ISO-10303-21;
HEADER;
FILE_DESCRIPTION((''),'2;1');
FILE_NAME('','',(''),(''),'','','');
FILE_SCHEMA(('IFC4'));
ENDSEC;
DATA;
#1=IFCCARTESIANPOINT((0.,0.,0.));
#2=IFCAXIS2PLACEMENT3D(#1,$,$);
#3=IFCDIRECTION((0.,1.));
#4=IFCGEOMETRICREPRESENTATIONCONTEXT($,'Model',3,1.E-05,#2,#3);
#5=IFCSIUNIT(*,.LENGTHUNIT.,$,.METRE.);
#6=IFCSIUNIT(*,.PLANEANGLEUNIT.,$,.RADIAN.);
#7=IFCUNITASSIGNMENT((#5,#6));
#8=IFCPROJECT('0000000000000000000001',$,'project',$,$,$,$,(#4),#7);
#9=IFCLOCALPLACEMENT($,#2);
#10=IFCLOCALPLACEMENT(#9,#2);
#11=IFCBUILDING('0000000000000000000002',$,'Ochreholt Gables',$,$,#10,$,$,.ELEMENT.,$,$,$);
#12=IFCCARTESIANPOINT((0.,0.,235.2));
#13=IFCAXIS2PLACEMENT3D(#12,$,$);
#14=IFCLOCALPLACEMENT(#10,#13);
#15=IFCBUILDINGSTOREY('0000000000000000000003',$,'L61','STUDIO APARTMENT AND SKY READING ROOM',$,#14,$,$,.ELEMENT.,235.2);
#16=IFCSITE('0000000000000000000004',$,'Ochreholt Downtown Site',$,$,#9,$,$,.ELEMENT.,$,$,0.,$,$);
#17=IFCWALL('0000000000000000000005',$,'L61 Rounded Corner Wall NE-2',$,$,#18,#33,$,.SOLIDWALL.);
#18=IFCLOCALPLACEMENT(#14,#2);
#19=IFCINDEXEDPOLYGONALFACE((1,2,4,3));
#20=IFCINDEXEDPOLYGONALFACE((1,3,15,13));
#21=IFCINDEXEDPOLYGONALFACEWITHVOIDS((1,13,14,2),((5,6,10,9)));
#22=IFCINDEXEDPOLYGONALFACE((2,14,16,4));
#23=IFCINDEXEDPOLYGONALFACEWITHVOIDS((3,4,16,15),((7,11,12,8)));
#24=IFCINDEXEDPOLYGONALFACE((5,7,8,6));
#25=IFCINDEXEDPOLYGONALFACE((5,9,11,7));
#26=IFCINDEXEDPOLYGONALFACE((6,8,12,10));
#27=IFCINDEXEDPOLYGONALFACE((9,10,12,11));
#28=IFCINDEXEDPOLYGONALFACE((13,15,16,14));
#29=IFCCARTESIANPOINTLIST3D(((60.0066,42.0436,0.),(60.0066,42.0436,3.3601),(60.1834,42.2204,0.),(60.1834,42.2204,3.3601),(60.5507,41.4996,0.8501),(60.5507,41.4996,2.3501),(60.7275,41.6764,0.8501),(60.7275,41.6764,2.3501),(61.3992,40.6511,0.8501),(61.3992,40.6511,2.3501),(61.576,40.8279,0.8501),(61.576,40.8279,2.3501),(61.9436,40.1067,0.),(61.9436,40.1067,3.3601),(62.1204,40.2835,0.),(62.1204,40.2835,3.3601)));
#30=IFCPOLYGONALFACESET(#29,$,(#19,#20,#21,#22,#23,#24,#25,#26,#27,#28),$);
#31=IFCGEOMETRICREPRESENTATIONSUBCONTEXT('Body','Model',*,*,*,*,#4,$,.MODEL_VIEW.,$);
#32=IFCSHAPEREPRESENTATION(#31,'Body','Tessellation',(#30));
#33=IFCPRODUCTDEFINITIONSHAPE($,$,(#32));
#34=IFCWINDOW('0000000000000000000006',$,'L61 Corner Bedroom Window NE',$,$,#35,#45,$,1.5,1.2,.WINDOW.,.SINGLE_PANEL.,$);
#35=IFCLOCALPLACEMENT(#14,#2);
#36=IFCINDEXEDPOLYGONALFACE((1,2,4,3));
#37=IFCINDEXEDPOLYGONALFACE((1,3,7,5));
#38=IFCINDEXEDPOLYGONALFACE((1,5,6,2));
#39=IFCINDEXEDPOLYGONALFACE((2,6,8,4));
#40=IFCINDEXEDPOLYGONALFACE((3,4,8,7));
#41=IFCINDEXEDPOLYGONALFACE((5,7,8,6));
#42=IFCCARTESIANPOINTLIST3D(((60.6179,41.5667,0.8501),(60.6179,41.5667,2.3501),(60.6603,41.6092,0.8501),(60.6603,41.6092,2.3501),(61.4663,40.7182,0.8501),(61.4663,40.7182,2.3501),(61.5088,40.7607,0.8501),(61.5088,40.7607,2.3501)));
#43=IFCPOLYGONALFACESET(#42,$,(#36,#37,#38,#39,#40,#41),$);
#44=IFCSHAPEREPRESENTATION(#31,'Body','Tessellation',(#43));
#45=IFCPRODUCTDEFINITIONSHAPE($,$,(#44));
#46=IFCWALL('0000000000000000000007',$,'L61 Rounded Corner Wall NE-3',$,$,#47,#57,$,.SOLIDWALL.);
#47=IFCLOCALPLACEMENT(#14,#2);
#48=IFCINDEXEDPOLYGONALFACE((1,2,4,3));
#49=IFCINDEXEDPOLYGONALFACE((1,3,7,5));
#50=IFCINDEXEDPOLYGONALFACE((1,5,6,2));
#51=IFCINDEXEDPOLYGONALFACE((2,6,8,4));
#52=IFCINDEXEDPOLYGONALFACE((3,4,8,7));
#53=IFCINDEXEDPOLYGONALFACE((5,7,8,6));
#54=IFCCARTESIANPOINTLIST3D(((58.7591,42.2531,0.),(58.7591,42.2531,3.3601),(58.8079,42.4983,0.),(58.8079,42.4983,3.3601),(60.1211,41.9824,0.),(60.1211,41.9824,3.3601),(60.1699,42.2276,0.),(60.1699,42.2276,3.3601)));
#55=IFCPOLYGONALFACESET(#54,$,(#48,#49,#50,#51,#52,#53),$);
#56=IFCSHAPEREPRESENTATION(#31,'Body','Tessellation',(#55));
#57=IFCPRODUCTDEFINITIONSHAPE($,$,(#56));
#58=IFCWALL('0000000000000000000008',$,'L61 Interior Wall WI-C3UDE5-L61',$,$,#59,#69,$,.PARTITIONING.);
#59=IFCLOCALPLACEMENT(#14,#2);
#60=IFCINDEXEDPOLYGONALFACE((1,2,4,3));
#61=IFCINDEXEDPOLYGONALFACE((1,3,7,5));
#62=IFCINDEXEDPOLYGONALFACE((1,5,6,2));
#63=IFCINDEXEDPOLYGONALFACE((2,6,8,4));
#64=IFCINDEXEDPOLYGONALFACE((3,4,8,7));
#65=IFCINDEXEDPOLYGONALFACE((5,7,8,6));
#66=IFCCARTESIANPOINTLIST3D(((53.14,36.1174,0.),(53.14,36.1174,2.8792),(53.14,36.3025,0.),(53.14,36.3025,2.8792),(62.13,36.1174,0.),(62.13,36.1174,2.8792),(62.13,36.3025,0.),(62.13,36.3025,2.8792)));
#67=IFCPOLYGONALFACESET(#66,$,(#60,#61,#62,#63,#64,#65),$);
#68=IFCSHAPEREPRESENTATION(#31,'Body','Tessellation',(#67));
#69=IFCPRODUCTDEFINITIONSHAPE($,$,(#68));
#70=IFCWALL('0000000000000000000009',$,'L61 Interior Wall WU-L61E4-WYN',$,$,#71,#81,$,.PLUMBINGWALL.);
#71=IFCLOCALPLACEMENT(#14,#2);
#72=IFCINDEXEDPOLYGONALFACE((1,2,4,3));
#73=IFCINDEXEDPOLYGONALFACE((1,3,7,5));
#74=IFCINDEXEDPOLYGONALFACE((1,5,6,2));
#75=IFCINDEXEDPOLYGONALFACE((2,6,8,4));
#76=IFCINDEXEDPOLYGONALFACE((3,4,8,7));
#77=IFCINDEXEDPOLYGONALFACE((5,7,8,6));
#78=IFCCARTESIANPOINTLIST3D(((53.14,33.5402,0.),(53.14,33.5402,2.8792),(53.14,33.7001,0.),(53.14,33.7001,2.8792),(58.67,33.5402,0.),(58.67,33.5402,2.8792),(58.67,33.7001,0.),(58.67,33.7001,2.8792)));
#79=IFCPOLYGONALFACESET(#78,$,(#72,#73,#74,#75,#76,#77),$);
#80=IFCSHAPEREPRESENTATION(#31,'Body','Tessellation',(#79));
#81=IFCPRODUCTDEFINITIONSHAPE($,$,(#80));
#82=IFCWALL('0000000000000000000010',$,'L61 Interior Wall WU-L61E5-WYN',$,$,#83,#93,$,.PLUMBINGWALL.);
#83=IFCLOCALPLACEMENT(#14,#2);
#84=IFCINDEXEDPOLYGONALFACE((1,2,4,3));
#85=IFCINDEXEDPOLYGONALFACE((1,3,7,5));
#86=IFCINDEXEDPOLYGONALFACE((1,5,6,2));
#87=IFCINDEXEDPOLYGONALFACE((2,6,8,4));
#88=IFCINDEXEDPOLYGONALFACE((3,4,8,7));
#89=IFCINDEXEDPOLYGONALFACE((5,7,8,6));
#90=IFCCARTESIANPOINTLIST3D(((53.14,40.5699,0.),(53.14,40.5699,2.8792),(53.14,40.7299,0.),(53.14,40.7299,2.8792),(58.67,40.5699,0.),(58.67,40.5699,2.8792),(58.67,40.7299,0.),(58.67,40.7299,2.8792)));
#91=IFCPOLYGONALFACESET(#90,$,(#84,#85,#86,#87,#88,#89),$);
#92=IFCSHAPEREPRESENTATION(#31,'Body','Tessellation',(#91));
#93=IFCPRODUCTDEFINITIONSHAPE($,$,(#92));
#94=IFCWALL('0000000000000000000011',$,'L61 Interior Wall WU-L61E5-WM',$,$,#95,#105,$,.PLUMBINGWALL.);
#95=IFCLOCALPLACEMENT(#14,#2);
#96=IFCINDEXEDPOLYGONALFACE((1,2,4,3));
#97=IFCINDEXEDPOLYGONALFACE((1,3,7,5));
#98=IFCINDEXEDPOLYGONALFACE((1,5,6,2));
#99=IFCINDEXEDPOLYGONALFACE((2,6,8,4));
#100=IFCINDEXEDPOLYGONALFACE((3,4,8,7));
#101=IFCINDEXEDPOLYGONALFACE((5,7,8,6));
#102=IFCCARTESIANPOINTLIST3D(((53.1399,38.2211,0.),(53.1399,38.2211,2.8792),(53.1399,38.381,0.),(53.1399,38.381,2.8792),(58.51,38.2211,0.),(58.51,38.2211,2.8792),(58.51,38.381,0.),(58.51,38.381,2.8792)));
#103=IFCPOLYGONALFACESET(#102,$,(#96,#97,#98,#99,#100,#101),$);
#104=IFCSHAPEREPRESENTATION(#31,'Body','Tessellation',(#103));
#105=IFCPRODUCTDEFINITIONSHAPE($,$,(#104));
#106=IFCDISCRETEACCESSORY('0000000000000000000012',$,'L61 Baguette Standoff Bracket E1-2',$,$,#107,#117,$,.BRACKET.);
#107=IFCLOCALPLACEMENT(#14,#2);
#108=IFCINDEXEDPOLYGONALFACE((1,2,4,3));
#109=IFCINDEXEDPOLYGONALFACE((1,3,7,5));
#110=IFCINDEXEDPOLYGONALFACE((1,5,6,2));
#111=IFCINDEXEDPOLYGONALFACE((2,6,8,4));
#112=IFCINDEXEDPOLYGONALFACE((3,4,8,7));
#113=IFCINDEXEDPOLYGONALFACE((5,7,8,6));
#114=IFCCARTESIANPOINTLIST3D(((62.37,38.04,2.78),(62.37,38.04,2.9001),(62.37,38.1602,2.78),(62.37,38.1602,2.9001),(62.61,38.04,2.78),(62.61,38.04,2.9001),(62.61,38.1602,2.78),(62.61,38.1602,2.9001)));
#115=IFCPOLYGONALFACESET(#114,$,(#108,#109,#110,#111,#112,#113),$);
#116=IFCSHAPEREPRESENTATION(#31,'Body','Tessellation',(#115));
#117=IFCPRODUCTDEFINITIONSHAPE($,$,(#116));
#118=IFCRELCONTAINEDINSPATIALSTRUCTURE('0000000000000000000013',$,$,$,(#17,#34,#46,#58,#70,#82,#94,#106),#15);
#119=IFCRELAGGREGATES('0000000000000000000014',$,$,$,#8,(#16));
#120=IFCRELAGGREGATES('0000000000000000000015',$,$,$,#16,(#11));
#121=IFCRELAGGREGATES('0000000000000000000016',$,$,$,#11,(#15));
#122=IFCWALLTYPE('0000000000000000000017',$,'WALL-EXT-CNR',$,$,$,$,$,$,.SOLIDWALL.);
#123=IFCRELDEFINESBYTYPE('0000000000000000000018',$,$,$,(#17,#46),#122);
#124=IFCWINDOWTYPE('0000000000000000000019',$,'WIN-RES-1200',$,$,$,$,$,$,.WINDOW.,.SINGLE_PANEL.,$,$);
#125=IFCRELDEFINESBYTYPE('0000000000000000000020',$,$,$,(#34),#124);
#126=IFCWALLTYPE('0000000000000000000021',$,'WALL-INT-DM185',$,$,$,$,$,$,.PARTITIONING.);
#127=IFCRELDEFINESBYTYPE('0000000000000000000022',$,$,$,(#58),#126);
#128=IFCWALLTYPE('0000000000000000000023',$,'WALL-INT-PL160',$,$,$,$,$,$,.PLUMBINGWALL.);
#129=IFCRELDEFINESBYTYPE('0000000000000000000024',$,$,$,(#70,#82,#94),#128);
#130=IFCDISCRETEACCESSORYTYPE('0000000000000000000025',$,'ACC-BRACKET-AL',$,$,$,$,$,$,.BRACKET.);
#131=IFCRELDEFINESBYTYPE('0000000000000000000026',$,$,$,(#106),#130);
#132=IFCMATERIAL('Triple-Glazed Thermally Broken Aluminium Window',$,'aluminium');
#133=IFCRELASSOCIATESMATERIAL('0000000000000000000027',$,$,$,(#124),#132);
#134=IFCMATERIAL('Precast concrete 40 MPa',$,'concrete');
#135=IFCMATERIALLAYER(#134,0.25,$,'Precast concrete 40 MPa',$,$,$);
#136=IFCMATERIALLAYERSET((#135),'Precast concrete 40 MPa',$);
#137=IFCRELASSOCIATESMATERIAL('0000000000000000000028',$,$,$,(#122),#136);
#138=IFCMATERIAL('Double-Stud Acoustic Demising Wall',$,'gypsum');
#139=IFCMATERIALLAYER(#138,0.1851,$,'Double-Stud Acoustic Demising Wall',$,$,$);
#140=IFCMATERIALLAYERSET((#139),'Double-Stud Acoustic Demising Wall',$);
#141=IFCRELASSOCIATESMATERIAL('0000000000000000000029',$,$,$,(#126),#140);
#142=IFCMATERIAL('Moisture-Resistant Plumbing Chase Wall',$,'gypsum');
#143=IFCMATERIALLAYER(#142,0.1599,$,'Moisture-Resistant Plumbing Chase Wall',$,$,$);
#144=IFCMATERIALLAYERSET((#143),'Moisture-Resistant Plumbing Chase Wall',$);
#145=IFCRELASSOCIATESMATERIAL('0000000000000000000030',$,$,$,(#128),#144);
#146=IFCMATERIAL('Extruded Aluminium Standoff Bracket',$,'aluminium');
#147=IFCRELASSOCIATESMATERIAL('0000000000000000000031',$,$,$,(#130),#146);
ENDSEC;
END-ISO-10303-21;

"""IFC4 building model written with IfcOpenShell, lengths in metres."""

from ifc_helpers import new_model, si_unit, direction, frame, frame_2d, origin, origin_2d, place, context, subcontext, project, spatial, rectangle, extrude, material, layer, layer_set, type_object, element, fill, save


model = new_model("IFC4")

# Units and contexts
model_context = context("Model", 3, precision=1e-05, world=origin(), true_north=direction((0.0, 1.0)))
body_context = subcontext(model_context, "Body", "Model", "MODEL_VIEW")
ifc_project = project(units=[si_unit("LENGTHUNIT", "METRE"), si_unit("PLANEANGLEUNIT", "RADIAN")], contexts=[model_context])

# Site, building, storey
site_placement = place(None, origin())
site = spatial("IfcSite", under=ifc_project, at=site_placement, Name="Ochreholt Downtown Site", CompositionType="ELEMENT", RefElevation=0.0)
building_placement = place(site_placement, origin())
building = spatial("IfcBuilding", under=site, at=building_placement, Name="Ochreholt Gables", CompositionType="ELEMENT")
storey_placement = place(building_placement, frame((0.0, 0.0, 235.2)))
storey = spatial("IfcBuildingStorey", under=building, at=storey_placement, Name="L61", Description="STUDIO APARTMENT AND SKY READING ROOM", CompositionType="ELEMENT", Elevation=235.2)

# Shared definitions
ifc_material_1 = material(Name="Precast concrete 40 MPa", Category="concrete")
ifc_material_2 = material(Name="Triple-Glazed Thermally Broken Aluminium Window", Category="aluminium")
window_type_1 = type_object("IfcWindowType", Name="WIN-RES-1200", PartitioningType="SINGLE_PANEL", PredefinedType="WINDOW", material=ifc_material_2)

# Shared definitions
ifc_layer_1 = layer(ifc_material_1, 0.25, Name="Precast concrete 40 MPa")
ifc_layer_set_1 = layer_set([ifc_layer_1], Name="Precast concrete 40 MPa")
wall_type_1 = type_object("IfcWallType", Name="WALL-EXT-CNR", PredefinedType="SOLIDWALL", material=ifc_layer_set_1)

# Wall, opening, window
wall_1_placement = place(storey_placement, frame((62.032, 40.1951, 0.0), z_axis=(0.0, 0.0, 1.0), x_axis=(-0.707107, 0.707107, 0.0)))
wall_1 = element("IfcWall", 1, at=wall_1_placement, inside=storey, type_object=wall_type_1, Name="L61 Rounded Corner Wall NE-2", PredefinedType="SOLIDWALL", context=body_context, shape_type="SweptSolid", body=[
    extrude(rectangle(XDim=2.7393, YDim=0.25, at=frame_2d((1.3696, 0.0))), origin(), (0.0, 0.0, 1.0), 3.3601),
])
opening_1_placement = place(wall_1_placement, frame((0.7698, 0.0, 0.8501)))
opening_1 = element("IfcOpeningElement", 2, at=opening_1_placement, cuts=wall_1, PredefinedType="OPENING", context=body_context, shape_type="SweptSolid", body=[
    extrude(rectangle(XDim=1.2, YDim=1.5, at=frame_2d((0.6001, 0.75))), frame((0.0, 0.135, 0.0), z_axis=(0.0, -1.0, 0.0), x_axis=(1.0, 0.0, 0.0)), (0.0, 0.0, 1.0), 0.27),
])
window_1_placement = place(opening_1_placement, origin())
window_1 = element("IfcWindow", 3, at=window_1_placement, inside=storey, type_object=window_type_1, Name="L61 Corner Bedroom Window NE", OverallHeight=1.5, OverallWidth=1.2, PartitioningType="SINGLE_PANEL", PredefinedType="WINDOW", context=body_context, shape_type="SweptSolid", body=[
    extrude(rectangle(XDim=1.2, YDim=1.5, at=frame_2d((0.6001, 0.75))), frame((0.0, 0.03, 0.0), z_axis=(0.0, -1.0, 0.0), x_axis=(1.0, 0.0, 0.0)), (0.0, 0.0, 1.0), 0.0601),
])
fill(opening_1, window_1)

# Walls
wall_2_placement = place(storey_placement, frame((60.1455, 42.105, 0.0), z_axis=(0.0, 0.0, 1.0), x_axis=(-0.98081, 0.194967, 0.0)))
element("IfcWall", 4, at=wall_2_placement, inside=storey, type_object=wall_type_1, Name="L61 Rounded Corner Wall NE-3", PredefinedType="SOLIDWALL", context=body_context, shape_type="SweptSolid", body=[
    extrude(rectangle(XDim=1.3887, YDim=0.25, at=frame_2d((0.6943, 0.0))), origin(), (0.0, 0.0, 1.0), 3.3601),
])
ifc_material_3 = material(Name="Double-Stud Acoustic Demising Wall", Category="gypsum")
ifc_layer_2 = layer(ifc_material_3, 0.1851, Name="Double-Stud Acoustic Demising Wall")
ifc_layer_set_2 = layer_set([ifc_layer_2], Name="Double-Stud Acoustic Demising Wall")
wall_type_2 = type_object("IfcWallType", Name="WALL-INT-DM185", PredefinedType="PARTITIONING", material=ifc_layer_set_2)
wall_3_placement = place(storey_placement, frame((53.1399, 36.21, 0.0), z_axis=(0.0, 0.0, 1.0), x_axis=(1.0, 0.0, 0.0)))
element("IfcWall", 5, at=wall_3_placement, inside=storey, type_object=wall_type_2, Name="L61 Interior Wall WI-C3UDE5-L61", PredefinedType="PARTITIONING", context=body_context, shape_type="SweptSolid", body=[
    extrude(rectangle(XDim=8.99, YDim=0.1851, at=frame_2d((4.4951, 0.0))), origin(), (0.0, 0.0, 1.0), 2.8792),
])
ifc_material_4 = material(Name="Moisture-Resistant Plumbing Chase Wall", Category="gypsum")
ifc_layer_3 = layer(ifc_material_4, 0.1599, Name="Moisture-Resistant Plumbing Chase Wall")
ifc_layer_set_3 = layer_set([ifc_layer_3], Name="Moisture-Resistant Plumbing Chase Wall")
wall_type_3 = type_object("IfcWallType", Name="WALL-INT-PL160", PredefinedType="PLUMBINGWALL", material=ifc_layer_set_3)
for number, where, z_axis, x_axis, name in (
    (6, (53.1399, 33.6201, 0.0), (0.0, 0.0, 1.0), (1.0, 0.0, 0.0), "L61 Interior Wall WU-L61E4-WYN"),
    (7, (53.1399, 40.6499, 0.0), (0.0, 0.0, 1.0), (1.0, 0.0, 0.0), "L61 Interior Wall WU-L61E5-WYN"),
):
    element("IfcWall", number, at=place(storey_placement, frame(where, z_axis=z_axis, x_axis=x_axis)), inside=storey, type_object=wall_type_3, Name=name, PredefinedType="PLUMBINGWALL", context=body_context, shape_type="SweptSolid", body=[
        extrude(rectangle(XDim=5.53, YDim=0.1599, at=frame_2d((2.7651, 0.0))), origin(), (0.0, 0.0, 1.0), 2.8792),
    ])

# Wall
wall_4_placement = place(storey_placement, frame((53.1399, 38.301, 0.0), z_axis=(0.0, 0.0, 1.0), x_axis=(1.0, 0.0, 0.0)))
element("IfcWall", 8, at=wall_4_placement, inside=storey, type_object=wall_type_3, Name="L61 Interior Wall WU-L61E5-WM", PredefinedType="PLUMBINGWALL", context=body_context, shape_type="SweptSolid", body=[
    extrude(rectangle(XDim=5.3701, YDim=0.1599, at=frame_2d((2.6851, 0.0))), origin(), (0.0, 0.0, 1.0), 2.8792),
])

# Discrete accessory
ifc_material_5 = material(Name="Extruded Aluminium Standoff Bracket", Category="aluminium")
discrete_accessory_type = type_object("IfcDiscreteAccessoryType", Name="ACC-BRACKET-AL", PredefinedType="BRACKET", material=ifc_material_5)
discrete_accessory_placement = place(storey_placement, frame((62.49, 38.1001, 2.78), z_axis=(0.0, 0.0, 1.0), x_axis=(0.0, 1.0, 0.0)))
element("IfcDiscreteAccessory", 9, at=discrete_accessory_placement, inside=storey, type_object=discrete_accessory_type, Name="L61 Baguette Standoff Bracket E1-2", PredefinedType="BRACKET", context=body_context, shape_type="SweptSolid", body=[
    extrude(rectangle(XDim=0.1201, YDim=0.24, at=origin_2d()), origin(), (0.0, 0.0, 1.0), 0.1201),
])

save(model, "model.ifc")
